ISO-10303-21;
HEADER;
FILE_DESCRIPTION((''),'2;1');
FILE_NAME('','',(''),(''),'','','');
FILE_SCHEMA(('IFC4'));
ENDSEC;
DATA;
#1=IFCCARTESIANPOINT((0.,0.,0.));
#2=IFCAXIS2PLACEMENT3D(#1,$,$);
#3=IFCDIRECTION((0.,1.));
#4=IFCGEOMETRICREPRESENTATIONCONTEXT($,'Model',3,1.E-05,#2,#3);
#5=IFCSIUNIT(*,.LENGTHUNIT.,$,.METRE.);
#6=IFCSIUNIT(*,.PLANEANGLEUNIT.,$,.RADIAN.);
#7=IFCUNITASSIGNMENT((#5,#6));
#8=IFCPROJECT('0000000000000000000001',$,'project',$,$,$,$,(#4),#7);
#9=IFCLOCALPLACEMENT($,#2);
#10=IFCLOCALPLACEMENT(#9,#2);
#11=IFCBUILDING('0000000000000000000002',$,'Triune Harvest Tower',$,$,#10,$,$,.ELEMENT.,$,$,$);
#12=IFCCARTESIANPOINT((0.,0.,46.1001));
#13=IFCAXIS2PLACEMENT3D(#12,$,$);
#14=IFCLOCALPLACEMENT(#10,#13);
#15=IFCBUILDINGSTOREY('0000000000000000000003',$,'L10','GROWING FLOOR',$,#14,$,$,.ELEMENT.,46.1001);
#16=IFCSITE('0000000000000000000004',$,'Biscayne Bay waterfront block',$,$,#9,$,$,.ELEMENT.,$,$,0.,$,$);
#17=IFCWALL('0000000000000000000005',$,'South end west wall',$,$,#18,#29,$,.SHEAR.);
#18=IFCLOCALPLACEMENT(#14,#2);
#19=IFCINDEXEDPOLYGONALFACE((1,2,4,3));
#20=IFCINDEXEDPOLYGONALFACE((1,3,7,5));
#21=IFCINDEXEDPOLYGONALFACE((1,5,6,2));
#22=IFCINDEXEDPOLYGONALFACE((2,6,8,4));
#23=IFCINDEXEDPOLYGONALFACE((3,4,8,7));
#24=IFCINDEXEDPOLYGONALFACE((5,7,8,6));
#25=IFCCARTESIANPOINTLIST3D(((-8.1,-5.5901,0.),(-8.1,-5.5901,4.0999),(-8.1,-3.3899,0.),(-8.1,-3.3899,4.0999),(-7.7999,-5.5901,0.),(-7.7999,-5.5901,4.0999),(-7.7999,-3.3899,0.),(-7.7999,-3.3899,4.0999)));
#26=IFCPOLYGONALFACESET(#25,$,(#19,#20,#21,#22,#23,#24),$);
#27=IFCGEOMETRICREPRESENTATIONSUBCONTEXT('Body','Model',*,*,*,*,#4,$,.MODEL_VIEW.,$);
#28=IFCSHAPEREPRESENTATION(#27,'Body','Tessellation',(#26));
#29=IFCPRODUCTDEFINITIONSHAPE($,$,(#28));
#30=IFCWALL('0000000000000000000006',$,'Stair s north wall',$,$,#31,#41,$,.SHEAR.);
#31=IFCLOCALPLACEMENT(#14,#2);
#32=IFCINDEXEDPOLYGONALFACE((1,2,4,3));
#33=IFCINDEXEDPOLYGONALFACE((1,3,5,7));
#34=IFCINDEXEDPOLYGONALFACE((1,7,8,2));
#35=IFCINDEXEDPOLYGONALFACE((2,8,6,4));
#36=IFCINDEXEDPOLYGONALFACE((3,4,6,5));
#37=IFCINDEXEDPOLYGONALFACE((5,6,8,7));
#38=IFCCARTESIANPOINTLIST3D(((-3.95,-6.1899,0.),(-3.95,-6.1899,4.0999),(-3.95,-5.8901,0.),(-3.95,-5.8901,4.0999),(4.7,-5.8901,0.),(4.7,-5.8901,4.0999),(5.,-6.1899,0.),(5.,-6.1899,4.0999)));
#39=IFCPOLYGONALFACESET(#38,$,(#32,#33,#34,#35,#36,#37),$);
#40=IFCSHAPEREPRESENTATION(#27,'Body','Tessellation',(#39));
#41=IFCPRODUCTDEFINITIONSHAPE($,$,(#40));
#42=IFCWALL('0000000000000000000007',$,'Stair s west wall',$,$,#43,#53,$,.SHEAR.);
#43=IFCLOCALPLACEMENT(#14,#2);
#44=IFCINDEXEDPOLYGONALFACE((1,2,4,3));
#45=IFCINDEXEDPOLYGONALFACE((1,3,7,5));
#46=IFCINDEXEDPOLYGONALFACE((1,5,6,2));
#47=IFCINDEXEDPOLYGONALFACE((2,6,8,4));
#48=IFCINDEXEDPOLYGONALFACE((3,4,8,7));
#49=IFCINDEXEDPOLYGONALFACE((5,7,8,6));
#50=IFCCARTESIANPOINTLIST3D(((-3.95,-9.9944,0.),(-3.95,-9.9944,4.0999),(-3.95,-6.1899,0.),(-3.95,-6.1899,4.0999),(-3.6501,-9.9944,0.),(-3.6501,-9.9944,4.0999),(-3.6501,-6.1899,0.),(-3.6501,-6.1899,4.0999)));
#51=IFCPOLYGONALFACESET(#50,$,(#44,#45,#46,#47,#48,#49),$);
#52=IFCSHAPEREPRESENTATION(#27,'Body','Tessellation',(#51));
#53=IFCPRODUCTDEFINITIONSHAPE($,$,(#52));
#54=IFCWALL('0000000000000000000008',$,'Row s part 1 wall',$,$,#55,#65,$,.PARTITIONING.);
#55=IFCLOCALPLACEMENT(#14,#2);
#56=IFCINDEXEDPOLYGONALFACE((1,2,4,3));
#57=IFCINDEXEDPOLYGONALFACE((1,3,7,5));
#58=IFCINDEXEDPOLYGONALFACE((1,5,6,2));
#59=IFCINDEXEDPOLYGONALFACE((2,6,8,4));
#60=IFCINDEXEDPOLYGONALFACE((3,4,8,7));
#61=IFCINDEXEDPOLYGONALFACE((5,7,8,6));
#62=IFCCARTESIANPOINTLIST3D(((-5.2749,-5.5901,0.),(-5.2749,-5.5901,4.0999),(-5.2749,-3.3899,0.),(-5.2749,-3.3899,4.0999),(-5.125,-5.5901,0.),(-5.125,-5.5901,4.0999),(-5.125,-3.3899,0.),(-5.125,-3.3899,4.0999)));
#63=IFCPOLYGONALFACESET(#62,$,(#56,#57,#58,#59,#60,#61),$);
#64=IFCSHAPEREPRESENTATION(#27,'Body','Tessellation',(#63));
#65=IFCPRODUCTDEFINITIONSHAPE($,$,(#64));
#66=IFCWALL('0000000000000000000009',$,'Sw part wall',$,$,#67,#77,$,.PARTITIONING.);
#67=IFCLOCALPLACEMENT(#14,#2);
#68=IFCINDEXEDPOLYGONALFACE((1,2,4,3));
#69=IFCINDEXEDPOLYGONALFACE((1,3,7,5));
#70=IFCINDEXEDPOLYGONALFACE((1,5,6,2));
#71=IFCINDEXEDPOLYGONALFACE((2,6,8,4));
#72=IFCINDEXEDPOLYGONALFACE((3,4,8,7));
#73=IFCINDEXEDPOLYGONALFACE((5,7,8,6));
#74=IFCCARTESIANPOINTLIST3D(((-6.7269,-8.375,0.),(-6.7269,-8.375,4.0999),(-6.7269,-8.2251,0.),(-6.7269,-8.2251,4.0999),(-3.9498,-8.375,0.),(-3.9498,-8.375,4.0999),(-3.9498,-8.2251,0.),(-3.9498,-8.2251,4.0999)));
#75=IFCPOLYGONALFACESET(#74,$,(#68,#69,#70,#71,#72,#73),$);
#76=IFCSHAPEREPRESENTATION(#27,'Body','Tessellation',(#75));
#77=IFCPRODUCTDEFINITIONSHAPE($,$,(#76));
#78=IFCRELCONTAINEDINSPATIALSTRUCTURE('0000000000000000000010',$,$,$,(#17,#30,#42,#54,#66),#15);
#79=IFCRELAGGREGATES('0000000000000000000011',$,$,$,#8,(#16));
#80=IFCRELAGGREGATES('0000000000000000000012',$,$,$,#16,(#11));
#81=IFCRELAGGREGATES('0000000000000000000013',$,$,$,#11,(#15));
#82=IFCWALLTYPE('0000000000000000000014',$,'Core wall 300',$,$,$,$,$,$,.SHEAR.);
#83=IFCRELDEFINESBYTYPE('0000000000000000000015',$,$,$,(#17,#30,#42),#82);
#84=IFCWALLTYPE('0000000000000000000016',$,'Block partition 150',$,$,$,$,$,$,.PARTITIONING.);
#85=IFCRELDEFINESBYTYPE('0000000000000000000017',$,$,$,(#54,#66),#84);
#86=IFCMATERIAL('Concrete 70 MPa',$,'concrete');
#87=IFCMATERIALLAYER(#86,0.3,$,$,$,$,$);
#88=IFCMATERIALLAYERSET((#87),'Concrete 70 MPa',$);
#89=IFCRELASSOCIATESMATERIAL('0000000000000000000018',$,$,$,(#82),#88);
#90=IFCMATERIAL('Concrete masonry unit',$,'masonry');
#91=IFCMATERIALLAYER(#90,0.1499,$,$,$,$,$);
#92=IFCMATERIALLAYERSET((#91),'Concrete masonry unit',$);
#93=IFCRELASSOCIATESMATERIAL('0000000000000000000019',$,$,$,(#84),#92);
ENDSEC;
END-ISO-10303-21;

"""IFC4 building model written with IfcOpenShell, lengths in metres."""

from ifc_helpers import new_model, si_unit, direction, frame, frame_2d, origin, place, context, subcontext, project, spatial, polyline, rectangle, outline, extrude, source, transform, mapped, material, layer, layer_set, type_object, element, save


model = new_model("IFC4")

# Units and contexts
model_context = context("Model", 3, precision=1e-05, world=origin(), true_north=direction((0.0, 1.0)))
body_context = subcontext(model_context, "Body", "Model", "MODEL_VIEW")
ifc_project = project(units=[si_unit("LENGTHUNIT", "METRE"), si_unit("PLANEANGLEUNIT", "RADIAN")], contexts=[model_context])

# Site, building, storey
site_placement = place(None, origin())
site = spatial("IfcSite", under=ifc_project, at=site_placement, Name="Biscayne Bay waterfront block", CompositionType="ELEMENT", RefElevation=0.0)
building_placement = place(site_placement, origin())
building = spatial("IfcBuilding", under=site, at=building_placement, Name="Triune Harvest Tower", CompositionType="ELEMENT")
storey_placement = place(building_placement, frame((0.0, 0.0, 46.1001)))
storey = spatial("IfcBuildingStorey", under=building, at=storey_placement, Name="L10", Description="GROWING FLOOR", CompositionType="ELEMENT", Elevation=46.1001)

# Shared definitions
ifc_material_1 = material(Name="Concrete 70 MPa", Category="concrete")
ifc_layer_1 = layer(ifc_material_1, 0.3)
ifc_layer_set_1 = layer_set([ifc_layer_1], Name="Concrete 70 MPa")
wall_type_1 = type_object("IfcWallType", Name="Core wall 300", PredefinedType="SHEAR", material=ifc_layer_set_1)

# Walls
shared_shape_1 = source(origin(), body_context, "Body", "SweptSolid", [
    extrude(rectangle(XDim=2.2002, YDim=0.3, at=frame_2d((1.1001, 0.0))), origin(), (0.0, 0.0, 1.0), 4.0999),
])
wall_1_placement = place(storey_placement, frame((-7.95, -5.5901, 0.0), z_axis=(0.0, 0.0, 1.0), x_axis=(0.0, 1.0, 0.0)))
element("IfcWall", 1, at=wall_1_placement, inside=storey, type_object=wall_type_1, Name="South end west wall", PredefinedType="SHEAR", context=body_context, shape_type="MappedRepresentation", body=[
    mapped(shared_shape_1, transform((0.0, 0.0, 0.0), scale=1.0)),
])
shared_shape_2 = source(origin(), body_context, "Body", "SweptSolid", [
    extrude(outline(polyline([(0.0, -0.1499), (8.95, -0.1499), (8.6499, 0.1499), (0.0, 0.1499), (0.0, -0.1499)])), origin(), (0.0, 0.0, 1.0), 4.0999),
])
wall_2_placement = place(storey_placement, frame((-3.95, -6.04, 0.0), z_axis=(0.0, 0.0, 1.0), x_axis=(1.0, 0.0, 0.0)))
element("IfcWall", 2, at=wall_2_placement, inside=storey, type_object=wall_type_1, Name="Stair s north wall", PredefinedType="SHEAR", context=body_context, shape_type="MappedRepresentation", body=[
    mapped(shared_shape_2, transform((0.0, 0.0, 0.0), scale=1.0)),
])
shared_shape_3 = source(origin(), body_context, "Body", "SweptSolid", [
    extrude(outline(polyline([(3.8, -0.1499), (-0.0044, -0.1499), (-0.0044, 0.1499), (3.8, 0.1499), (3.8, -0.1499)])), origin(), (0.0, 0.0, 1.0), 4.0999),
])
wall_3_placement = place(storey_placement, frame((-3.8, -9.99, 0.0), z_axis=(0.0, 0.0, 1.0), x_axis=(0.0, 1.0, 0.0)))
element("IfcWall", 3, at=wall_3_placement, inside=storey, type_object=wall_type_1, Name="Stair s west wall", PredefinedType="SHEAR", context=body_context, shape_type="MappedRepresentation", body=[
    mapped(shared_shape_3, transform((0.0, 0.0, 0.0), scale=1.0)),
])
ifc_material_2 = material(Name="Concrete masonry unit", Category="masonry")
ifc_layer_2 = layer(ifc_material_2, 0.1499)
ifc_layer_set_2 = layer_set([ifc_layer_2], Name="Concrete masonry unit")
wall_type_2 = type_object("IfcWallType", Name="Block partition 150", PredefinedType="PARTITIONING", material=ifc_layer_set_2)
shared_shape_4 = source(origin(), body_context, "Body", "SweptSolid", [
    extrude(rectangle(XDim=2.2002, YDim=0.1499, at=frame_2d((1.1001, 0.0))), origin(), (0.0, 0.0, 1.0), 4.0999),
])
wall_4_placement = place(storey_placement, frame((-5.2, -5.5901, 0.0), z_axis=(0.0, 0.0, 1.0), x_axis=(0.0, 1.0, 0.0)))
element("IfcWall", 4, at=wall_4_placement, inside=storey, type_object=wall_type_2, Name="Row s part 1 wall", PredefinedType="PARTITIONING", context=body_context, shape_type="MappedRepresentation", body=[
    mapped(shared_shape_4, transform((0.0, 0.0, 0.0), scale=1.0)),
])
shared_shape_5 = source(origin(), body_context, "Body", "SweptSolid", [
    extrude(rectangle(XDim=2.7771, YDim=0.1499, at=frame_2d((1.3887, 0.0))), origin(), (0.0, 0.0, 1.0), 4.0999),
])
wall_5_placement = place(storey_placement, frame((-6.7271, -8.3, 0.0), z_axis=(0.0, 0.0, 1.0), x_axis=(1.0, 0.0, 0.0)))
element("IfcWall", 5, at=wall_5_placement, inside=storey, type_object=wall_type_2, Name="Sw part wall", PredefinedType="PARTITIONING", context=body_context, shape_type="MappedRepresentation", body=[
    mapped(shared_shape_5, transform((0.0, 0.0, 0.0), scale=1.0)),
])

save(model, "model.ifc")
